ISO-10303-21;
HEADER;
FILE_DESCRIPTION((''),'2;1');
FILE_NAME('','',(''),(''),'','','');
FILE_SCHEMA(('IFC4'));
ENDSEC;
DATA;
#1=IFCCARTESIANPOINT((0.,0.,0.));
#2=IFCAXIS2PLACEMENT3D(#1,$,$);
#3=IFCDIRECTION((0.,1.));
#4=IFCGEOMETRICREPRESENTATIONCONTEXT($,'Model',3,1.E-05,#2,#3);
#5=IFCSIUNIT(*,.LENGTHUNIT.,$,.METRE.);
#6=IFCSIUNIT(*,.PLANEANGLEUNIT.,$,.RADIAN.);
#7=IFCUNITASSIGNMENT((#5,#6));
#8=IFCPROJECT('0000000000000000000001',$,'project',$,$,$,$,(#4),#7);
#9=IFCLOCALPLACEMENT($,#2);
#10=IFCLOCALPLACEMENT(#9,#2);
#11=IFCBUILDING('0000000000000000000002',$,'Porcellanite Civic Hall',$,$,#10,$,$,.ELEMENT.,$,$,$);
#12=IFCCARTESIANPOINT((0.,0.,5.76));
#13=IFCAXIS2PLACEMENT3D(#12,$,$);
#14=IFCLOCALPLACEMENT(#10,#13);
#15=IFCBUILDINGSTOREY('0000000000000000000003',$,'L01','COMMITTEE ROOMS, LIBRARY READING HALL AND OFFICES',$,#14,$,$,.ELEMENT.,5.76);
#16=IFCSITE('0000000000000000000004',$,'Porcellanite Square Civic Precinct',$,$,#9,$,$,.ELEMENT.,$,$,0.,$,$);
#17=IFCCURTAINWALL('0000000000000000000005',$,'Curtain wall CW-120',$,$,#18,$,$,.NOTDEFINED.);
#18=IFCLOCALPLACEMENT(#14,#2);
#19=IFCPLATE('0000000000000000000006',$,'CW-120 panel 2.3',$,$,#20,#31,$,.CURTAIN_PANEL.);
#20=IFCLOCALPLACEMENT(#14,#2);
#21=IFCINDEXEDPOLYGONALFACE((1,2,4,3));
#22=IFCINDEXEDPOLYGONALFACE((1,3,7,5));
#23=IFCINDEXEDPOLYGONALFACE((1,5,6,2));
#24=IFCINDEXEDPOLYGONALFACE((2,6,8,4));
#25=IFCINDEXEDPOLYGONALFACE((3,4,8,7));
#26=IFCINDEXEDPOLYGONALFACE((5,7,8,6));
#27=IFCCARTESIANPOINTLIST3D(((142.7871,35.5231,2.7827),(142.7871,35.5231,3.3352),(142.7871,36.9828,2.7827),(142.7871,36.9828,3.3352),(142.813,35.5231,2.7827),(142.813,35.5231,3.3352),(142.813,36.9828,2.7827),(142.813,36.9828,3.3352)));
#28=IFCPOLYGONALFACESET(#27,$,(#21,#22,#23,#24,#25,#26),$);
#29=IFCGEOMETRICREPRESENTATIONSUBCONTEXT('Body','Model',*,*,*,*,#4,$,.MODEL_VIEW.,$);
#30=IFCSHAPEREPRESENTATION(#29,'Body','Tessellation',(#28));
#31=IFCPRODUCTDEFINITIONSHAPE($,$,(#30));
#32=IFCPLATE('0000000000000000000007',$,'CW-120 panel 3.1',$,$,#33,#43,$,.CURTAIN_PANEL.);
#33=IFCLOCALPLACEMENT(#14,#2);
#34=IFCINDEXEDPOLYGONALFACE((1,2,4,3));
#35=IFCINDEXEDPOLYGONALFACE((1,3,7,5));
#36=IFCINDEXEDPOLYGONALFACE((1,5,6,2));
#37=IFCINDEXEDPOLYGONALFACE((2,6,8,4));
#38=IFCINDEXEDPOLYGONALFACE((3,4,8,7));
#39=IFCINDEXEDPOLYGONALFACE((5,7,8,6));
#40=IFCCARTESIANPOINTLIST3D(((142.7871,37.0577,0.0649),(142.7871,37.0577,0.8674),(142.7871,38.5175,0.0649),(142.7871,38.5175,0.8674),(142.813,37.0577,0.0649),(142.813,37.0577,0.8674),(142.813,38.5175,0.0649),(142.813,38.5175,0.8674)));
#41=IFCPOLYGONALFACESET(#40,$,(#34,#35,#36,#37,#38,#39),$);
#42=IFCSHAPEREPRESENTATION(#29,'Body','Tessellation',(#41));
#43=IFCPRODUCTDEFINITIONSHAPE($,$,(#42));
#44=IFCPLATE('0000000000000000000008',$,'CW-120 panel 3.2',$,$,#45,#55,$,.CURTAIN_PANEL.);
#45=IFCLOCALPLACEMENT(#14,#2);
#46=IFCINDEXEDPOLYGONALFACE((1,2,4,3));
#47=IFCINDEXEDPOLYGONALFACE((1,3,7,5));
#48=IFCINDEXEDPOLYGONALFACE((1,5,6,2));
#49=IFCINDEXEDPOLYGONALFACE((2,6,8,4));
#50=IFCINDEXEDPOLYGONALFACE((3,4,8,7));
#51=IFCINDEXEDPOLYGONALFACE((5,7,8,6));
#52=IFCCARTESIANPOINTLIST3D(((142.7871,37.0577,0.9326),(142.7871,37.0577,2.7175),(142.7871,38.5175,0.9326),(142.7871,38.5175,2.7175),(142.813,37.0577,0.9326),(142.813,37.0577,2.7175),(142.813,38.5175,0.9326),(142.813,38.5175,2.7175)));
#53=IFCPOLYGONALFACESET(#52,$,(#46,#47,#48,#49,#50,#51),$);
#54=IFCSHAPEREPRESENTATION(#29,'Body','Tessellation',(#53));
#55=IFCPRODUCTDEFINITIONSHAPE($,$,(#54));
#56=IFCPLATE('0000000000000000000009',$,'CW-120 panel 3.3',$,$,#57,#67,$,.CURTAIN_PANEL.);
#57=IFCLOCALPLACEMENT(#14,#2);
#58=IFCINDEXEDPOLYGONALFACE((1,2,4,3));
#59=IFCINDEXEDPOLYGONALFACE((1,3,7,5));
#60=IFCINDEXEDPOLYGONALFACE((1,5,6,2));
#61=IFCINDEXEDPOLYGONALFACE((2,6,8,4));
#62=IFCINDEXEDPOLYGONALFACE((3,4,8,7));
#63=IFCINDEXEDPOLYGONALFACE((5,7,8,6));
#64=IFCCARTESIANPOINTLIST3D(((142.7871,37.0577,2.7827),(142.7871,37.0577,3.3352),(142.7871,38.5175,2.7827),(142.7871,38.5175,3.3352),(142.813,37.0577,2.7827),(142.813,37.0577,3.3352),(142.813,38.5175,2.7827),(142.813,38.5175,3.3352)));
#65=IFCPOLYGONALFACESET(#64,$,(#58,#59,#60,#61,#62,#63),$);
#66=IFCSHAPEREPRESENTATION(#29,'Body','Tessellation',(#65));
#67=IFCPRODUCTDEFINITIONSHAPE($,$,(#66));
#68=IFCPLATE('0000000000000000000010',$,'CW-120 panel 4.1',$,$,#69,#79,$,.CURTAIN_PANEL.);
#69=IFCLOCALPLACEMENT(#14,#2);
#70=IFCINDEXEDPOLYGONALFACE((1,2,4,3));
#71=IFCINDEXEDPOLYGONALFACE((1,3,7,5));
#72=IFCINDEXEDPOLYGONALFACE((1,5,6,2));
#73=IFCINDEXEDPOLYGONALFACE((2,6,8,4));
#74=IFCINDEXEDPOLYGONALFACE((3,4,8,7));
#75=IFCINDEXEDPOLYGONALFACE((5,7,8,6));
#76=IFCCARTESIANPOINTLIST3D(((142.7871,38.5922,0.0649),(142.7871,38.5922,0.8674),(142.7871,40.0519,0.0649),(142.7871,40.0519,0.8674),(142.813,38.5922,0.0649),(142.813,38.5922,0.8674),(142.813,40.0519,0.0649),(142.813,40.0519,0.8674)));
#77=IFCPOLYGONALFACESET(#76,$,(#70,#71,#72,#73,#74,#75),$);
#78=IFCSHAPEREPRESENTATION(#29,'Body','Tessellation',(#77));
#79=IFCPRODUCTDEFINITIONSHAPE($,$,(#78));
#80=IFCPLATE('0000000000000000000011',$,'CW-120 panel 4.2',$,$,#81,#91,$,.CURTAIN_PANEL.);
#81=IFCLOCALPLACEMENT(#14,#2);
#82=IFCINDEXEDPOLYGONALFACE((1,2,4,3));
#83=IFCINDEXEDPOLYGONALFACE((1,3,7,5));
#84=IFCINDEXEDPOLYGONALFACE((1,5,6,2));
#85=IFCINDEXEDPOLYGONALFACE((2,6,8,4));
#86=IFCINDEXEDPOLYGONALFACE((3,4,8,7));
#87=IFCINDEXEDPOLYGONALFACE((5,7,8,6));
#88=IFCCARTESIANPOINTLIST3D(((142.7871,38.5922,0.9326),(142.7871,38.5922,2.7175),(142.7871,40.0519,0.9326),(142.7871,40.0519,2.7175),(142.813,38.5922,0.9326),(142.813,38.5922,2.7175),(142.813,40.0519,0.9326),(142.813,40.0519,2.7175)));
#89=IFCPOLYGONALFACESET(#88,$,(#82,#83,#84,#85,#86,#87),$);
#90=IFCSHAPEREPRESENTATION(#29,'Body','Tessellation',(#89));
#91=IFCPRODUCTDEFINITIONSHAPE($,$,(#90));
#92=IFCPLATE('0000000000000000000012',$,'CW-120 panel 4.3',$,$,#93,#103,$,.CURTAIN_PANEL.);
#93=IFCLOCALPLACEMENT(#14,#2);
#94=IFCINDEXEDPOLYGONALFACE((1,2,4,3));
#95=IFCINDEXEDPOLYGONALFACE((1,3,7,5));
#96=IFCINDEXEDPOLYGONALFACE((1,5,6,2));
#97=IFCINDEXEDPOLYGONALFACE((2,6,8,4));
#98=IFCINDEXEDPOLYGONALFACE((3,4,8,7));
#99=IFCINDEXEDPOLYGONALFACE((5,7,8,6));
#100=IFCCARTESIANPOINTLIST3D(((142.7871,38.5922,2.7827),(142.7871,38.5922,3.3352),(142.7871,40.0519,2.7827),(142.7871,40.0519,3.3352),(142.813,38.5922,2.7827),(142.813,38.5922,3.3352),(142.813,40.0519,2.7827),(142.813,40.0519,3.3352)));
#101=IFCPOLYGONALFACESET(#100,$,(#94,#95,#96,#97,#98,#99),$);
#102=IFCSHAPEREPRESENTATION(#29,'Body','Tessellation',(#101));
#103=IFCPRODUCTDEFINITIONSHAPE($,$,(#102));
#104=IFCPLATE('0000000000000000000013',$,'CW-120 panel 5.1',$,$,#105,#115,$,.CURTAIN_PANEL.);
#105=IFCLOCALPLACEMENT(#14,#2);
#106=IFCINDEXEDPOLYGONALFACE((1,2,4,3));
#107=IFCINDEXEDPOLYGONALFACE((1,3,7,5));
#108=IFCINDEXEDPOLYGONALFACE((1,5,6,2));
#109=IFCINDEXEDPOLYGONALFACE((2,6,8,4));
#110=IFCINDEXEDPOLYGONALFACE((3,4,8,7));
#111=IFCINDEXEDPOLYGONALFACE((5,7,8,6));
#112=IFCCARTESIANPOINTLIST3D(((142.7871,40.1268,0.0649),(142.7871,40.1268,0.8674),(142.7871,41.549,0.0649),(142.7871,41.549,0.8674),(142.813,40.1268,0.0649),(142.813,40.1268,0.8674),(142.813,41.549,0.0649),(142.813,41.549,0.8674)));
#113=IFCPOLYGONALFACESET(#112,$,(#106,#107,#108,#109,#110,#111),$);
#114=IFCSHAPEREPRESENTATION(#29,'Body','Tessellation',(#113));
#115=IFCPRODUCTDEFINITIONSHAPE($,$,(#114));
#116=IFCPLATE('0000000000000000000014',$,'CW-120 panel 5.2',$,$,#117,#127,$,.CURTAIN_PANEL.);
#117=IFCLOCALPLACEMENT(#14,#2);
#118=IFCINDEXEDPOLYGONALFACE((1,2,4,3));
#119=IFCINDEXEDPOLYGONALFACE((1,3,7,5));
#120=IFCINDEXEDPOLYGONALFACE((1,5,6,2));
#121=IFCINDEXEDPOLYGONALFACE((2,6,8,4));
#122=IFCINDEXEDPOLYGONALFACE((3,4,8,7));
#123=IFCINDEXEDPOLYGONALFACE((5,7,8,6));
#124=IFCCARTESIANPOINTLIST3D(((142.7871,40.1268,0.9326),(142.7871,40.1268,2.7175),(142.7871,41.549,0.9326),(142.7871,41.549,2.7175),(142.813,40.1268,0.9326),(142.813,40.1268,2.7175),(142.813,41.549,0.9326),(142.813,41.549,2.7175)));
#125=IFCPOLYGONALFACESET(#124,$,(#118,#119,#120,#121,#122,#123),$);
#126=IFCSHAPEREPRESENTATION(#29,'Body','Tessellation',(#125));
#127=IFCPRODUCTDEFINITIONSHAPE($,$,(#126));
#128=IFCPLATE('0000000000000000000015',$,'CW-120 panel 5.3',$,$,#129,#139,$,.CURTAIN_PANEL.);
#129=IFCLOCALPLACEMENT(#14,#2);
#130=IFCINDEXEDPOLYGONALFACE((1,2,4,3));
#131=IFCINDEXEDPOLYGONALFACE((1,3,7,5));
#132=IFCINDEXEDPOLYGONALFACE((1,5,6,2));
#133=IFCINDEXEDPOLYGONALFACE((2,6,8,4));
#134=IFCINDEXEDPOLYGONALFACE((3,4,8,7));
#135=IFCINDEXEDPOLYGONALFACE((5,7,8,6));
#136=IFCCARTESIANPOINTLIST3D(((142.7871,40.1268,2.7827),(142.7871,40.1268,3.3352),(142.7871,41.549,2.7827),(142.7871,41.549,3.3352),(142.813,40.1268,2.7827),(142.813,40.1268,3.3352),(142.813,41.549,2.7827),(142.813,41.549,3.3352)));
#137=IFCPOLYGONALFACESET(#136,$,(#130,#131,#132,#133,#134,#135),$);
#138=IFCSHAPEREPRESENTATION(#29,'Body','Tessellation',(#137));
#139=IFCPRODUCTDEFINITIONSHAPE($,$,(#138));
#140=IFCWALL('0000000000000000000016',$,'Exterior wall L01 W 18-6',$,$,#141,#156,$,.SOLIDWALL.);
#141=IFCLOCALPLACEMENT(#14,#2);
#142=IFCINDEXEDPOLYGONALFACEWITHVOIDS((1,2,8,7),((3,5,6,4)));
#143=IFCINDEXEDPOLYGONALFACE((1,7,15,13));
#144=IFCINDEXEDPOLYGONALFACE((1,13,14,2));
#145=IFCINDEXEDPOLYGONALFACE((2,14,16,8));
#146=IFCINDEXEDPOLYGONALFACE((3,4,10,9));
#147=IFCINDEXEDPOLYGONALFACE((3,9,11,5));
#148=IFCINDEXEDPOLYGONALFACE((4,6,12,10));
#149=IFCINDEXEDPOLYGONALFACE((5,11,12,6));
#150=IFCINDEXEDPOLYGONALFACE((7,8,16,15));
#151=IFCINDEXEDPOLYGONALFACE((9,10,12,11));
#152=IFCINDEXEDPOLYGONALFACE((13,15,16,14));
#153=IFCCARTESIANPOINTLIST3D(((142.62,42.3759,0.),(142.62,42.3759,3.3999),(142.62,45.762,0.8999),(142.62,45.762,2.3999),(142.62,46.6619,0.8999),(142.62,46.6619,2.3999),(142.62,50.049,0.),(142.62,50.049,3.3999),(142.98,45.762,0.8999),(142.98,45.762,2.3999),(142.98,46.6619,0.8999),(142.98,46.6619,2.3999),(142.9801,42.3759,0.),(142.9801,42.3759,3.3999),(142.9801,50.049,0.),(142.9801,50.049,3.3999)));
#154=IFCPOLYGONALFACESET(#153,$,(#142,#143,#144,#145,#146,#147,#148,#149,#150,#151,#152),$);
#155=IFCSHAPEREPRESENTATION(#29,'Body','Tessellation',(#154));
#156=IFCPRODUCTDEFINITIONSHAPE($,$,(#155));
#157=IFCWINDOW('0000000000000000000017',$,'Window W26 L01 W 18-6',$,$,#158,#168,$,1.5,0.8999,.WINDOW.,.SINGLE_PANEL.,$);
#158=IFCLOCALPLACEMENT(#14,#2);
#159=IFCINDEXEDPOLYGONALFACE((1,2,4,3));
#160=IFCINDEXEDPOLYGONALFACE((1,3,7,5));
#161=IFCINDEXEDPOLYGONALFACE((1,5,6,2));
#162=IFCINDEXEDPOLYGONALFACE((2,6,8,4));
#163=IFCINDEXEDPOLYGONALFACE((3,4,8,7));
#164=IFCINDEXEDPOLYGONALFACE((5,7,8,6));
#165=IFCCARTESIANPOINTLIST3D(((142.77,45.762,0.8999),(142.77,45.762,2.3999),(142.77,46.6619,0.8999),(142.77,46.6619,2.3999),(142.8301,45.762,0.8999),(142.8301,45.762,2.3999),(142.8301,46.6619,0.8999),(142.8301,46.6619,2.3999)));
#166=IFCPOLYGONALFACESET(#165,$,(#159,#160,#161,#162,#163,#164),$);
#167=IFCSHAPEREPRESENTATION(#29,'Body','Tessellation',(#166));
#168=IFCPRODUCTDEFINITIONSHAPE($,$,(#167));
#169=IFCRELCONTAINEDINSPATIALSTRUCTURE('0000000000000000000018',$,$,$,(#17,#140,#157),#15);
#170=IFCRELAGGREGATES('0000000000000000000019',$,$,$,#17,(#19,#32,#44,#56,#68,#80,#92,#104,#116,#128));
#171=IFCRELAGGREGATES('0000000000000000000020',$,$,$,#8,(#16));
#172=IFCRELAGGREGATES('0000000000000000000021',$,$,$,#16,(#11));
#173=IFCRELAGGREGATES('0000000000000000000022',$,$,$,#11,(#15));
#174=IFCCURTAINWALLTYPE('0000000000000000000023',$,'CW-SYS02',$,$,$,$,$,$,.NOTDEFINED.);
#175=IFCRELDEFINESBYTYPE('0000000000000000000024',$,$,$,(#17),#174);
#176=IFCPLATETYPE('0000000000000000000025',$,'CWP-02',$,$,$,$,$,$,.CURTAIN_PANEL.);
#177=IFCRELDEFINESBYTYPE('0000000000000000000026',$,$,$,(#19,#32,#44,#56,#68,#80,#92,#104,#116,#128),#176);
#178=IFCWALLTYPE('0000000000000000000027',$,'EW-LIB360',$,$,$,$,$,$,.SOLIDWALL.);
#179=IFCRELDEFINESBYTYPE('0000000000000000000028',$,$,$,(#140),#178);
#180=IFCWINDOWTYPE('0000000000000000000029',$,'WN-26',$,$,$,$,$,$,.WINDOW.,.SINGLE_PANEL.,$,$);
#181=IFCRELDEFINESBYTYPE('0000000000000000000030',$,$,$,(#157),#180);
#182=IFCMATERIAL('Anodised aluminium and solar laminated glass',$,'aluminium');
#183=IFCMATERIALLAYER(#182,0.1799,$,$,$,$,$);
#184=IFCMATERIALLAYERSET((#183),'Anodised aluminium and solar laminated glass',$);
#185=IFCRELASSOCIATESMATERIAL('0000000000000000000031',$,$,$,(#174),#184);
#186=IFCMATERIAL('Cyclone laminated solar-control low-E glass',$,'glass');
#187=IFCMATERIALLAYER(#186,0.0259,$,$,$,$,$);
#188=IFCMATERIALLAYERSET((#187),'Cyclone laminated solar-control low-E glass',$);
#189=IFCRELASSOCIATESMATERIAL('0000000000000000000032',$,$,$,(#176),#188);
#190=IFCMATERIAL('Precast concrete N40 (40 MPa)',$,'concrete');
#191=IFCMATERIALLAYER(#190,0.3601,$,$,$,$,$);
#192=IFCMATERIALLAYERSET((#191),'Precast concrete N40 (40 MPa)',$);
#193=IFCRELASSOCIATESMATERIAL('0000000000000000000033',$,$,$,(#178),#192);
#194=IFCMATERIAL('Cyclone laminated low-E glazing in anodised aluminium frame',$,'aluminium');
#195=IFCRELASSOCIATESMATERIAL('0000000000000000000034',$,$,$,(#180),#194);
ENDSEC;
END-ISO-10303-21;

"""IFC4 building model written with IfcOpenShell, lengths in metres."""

from ifc_helpers import new_model, si_unit, direction, frame, frame_2d, origin, origin_2d, place, context, subcontext, project, spatial, rectangle, extrude, material, layer, layer_set, type_object, element, fill, aggregate, save


model = new_model("IFC4")

# Units and contexts
model_context = context("Model", 3, precision=1e-05, world=origin(), true_north=direction((0.0, 1.0)))
body_context = subcontext(model_context, "Body", "Model", "MODEL_VIEW")
ifc_project = project(units=[si_unit("LENGTHUNIT", "METRE"), si_unit("PLANEANGLEUNIT", "RADIAN")], contexts=[model_context])

# Site, building, storey
site_placement = place(None, origin())
site = spatial("IfcSite", under=ifc_project, at=site_placement, Name="Porcellanite Square Civic Precinct", CompositionType="ELEMENT", RefElevation=0.0)
building_placement = place(site_placement, origin())
building = spatial("IfcBuilding", under=site, at=building_placement, Name="Porcellanite Civic Hall", CompositionType="ELEMENT")
storey_placement = place(building_placement, frame((0.0, 0.0, 5.76)))
storey = spatial("IfcBuildingStorey", under=building, at=storey_placement, Name="L01", Description="COMMITTEE ROOMS, LIBRARY READING HALL AND OFFICES", CompositionType="ELEMENT", Elevation=5.76)

# Curtain wall
ifc_material_1 = material(Name="Anodised aluminium and solar laminated glass", Category="aluminium")
ifc_layer_1 = layer(ifc_material_1, 0.1799)
ifc_layer_set_1 = layer_set([ifc_layer_1], Name="Anodised aluminium and solar laminated glass")
curtain_wall_type = type_object("IfcCurtainWallType", Name="CW-SYS02", PredefinedType="NOTDEFINED", material=ifc_layer_set_1)
curtain_wall_placement = place(storey_placement, origin())
curtain_wall = element("IfcCurtainWall", 1, at=curtain_wall_placement, inside=storey, type_object=curtain_wall_type, Name="Curtain wall CW-120", PredefinedType="NOTDEFINED")

# Plates
ifc_material_2 = material(Name="Cyclone laminated solar-control low-E glass", Category="glass")
ifc_layer_2 = layer(ifc_material_2, 0.0259)
ifc_layer_set_2 = layer_set([ifc_layer_2], Name="Cyclone laminated solar-control low-E glass")
plate_type = type_object("IfcPlateType", Name="CWP-02", PredefinedType="CURTAIN_PANEL", material=ifc_layer_set_2)
plate_1_placement = place(storey_placement, frame((142.8, 36.2529, 2.7827), z_axis=(0.0, 0.0, 1.0), x_axis=(0.0, 1.0, 0.0)))
plate_1 = element("IfcPlate", 2, at=plate_1_placement, type_object=plate_type, Name="CW-120 panel 2.3", PredefinedType="CURTAIN_PANEL", context=body_context, shape_type="SweptSolid", body=[
    extrude(rectangle(XDim=1.4597, YDim=0.0259, at=origin_2d()), origin(), (0.0, 0.0, 1.0), 0.5525),
])
plate_2_placement = place(storey_placement, frame((142.8, 37.7876, 0.0649), z_axis=(0.0, 0.0, 1.0), x_axis=(0.0, 1.0, 0.0)))
plate_2 = element("IfcPlate", 3, at=plate_2_placement, type_object=plate_type, Name="CW-120 panel 3.1", PredefinedType="CURTAIN_PANEL", context=body_context, shape_type="SweptSolid", body=[
    extrude(rectangle(XDim=1.4597, YDim=0.0259, at=origin_2d()), origin(), (0.0, 0.0, 1.0), 0.8025),
])
plate_3_placement = place(storey_placement, frame((142.8, 37.7876, 0.9326), z_axis=(0.0, 0.0, 1.0), x_axis=(0.0, 1.0, 0.0)))
plate_3 = element("IfcPlate", 4, at=plate_3_placement, type_object=plate_type, Name="CW-120 panel 3.2", PredefinedType="CURTAIN_PANEL", context=body_context, shape_type="SweptSolid", body=[
    extrude(rectangle(XDim=1.4597, YDim=0.0259, at=origin_2d()), origin(), (0.0, 0.0, 1.0), 1.7849),
])
plate_4_placement = place(storey_placement, frame((142.8, 37.7876, 2.7827), z_axis=(0.0, 0.0, 1.0), x_axis=(0.0, 1.0, 0.0)))
plate_4 = element("IfcPlate", 5, at=plate_4_placement, type_object=plate_type, Name="CW-120 panel 3.3", PredefinedType="CURTAIN_PANEL", context=body_context, shape_type="SweptSolid", body=[
    extrude(rectangle(XDim=1.4597, YDim=0.0259, at=origin_2d()), origin(), (0.0, 0.0, 1.0), 0.5525),
])
plate_5_placement = place(storey_placement, frame((142.8, 39.322, 0.0649), z_axis=(0.0, 0.0, 1.0), x_axis=(0.0, 1.0, 0.0)))
plate_5 = element("IfcPlate", 6, at=plate_5_placement, type_object=plate_type, Name="CW-120 panel 4.1", PredefinedType="CURTAIN_PANEL", context=body_context, shape_type="SweptSolid", body=[
    extrude(rectangle(XDim=1.4597, YDim=0.0259, at=origin_2d()), origin(), (0.0, 0.0, 1.0), 0.8025),
])
plate_6_placement = place(storey_placement, frame((142.8, 39.322, 0.9326), z_axis=(0.0, 0.0, 1.0), x_axis=(0.0, 1.0, 0.0)))
plate_6 = element("IfcPlate", 7, at=plate_6_placement, type_object=plate_type, Name="CW-120 panel 4.2", PredefinedType="CURTAIN_PANEL", context=body_context, shape_type="SweptSolid", body=[
    extrude(rectangle(XDim=1.4597, YDim=0.0259, at=origin_2d()), origin(), (0.0, 0.0, 1.0), 1.7849),
])
plate_7_placement = place(storey_placement, frame((142.8, 39.322, 2.7827), z_axis=(0.0, 0.0, 1.0), x_axis=(0.0, 1.0, 0.0)))
plate_7 = element("IfcPlate", 8, at=plate_7_placement, type_object=plate_type, Name="CW-120 panel 4.3", PredefinedType="CURTAIN_PANEL", context=body_context, shape_type="SweptSolid", body=[
    extrude(rectangle(XDim=1.4597, YDim=0.0259, at=origin_2d()), origin(), (0.0, 0.0, 1.0), 0.5525),
])
plate_8_placement = place(storey_placement, frame((142.8, 40.8379, 0.0649), z_axis=(0.0, 0.0, 1.0), x_axis=(0.0, 1.0, 0.0)))
plate_8 = element("IfcPlate", 9, at=plate_8_placement, type_object=plate_type, Name="CW-120 panel 5.1", PredefinedType="CURTAIN_PANEL", context=body_context, shape_type="SweptSolid", body=[
    extrude(rectangle(XDim=1.4221, YDim=0.0259, at=origin_2d()), origin(), (0.0, 0.0, 1.0), 0.8025),
])
plate_9_placement = place(storey_placement, frame((142.8, 40.8379, 0.9326), z_axis=(0.0, 0.0, 1.0), x_axis=(0.0, 1.0, 0.0)))
plate_9 = element("IfcPlate", 10, at=plate_9_placement, type_object=plate_type, Name="CW-120 panel 5.2", PredefinedType="CURTAIN_PANEL", context=body_context, shape_type="SweptSolid", body=[
    extrude(rectangle(XDim=1.4221, YDim=0.0259, at=origin_2d()), origin(), (0.0, 0.0, 1.0), 1.7849),
])
plate_10_placement = place(storey_placement, frame((142.8, 40.8379, 2.7827), z_axis=(0.0, 0.0, 1.0), x_axis=(0.0, 1.0, 0.0)))
plate_10 = element("IfcPlate", 11, at=plate_10_placement, type_object=plate_type, Name="CW-120 panel 5.3", PredefinedType="CURTAIN_PANEL", context=body_context, shape_type="SweptSolid", body=[
    extrude(rectangle(XDim=1.4221, YDim=0.0259, at=origin_2d()), origin(), (0.0, 0.0, 1.0), 0.5525),
])
aggregate(curtain_wall, [plate_1, plate_2, plate_3, plate_4, plate_5, plate_6, plate_7, plate_8, plate_9, plate_10])

# Wall, opening, window
ifc_material_3 = material(Name="Precast concrete N40 (40 MPa)", Category="concrete")
ifc_layer_3 = layer(ifc_material_3, 0.3601)
ifc_layer_set_3 = layer_set([ifc_layer_3], Name="Precast concrete N40 (40 MPa)")
wall_type = type_object("IfcWallType", Name="EW-LIB360", PredefinedType="SOLIDWALL", material=ifc_layer_set_3)
wall_placement = place(storey_placement, frame((142.8, 42.376, 0.0), z_axis=(0.0, 0.0, 1.0), x_axis=(0.0, 1.0, 0.0)))
wall = element("IfcWall", 12, at=wall_placement, inside=storey, type_object=wall_type, Name="Exterior wall L01 W 18-6", PredefinedType="SOLIDWALL", context=body_context, shape_type="SweptSolid", body=[
    extrude(rectangle(XDim=7.6731, YDim=0.3601, at=frame_2d((3.8364, 0.0))), origin(), (0.0, 0.0, 1.0), 3.3999),
])
opening_placement = place(wall_placement, frame((3.386, 0.0, 0.8999)))
opening = element("IfcOpeningElement", 13, at=opening_placement, cuts=wall, PredefinedType="OPENING", context=body_context, shape_type="SweptSolid", body=[
    extrude(rectangle(XDim=0.8999, YDim=1.5, at=frame_2d((0.45, 0.75))), frame((0.0, 0.1802, 0.0), z_axis=(0.0, -1.0, 0.0), x_axis=(1.0, 0.0, 0.0)), (0.0, 0.0, 1.0), 0.3601),
])
ifc_material_4 = material(Name="Cyclone laminated low-E glazing in anodised aluminium frame", Category="aluminium")
window_type = type_object("IfcWindowType", Name="WN-26", PartitioningType="SINGLE_PANEL", PredefinedType="WINDOW", material=ifc_material_4)
window_placement = place(opening_placement, origin())
window = element("IfcWindow", 14, at=window_placement, inside=storey, type_object=window_type, Name="Window W26 L01 W 18-6", OverallHeight=1.5, OverallWidth=0.8999, PartitioningType="SINGLE_PANEL", PredefinedType="WINDOW", context=body_context, shape_type="SweptSolid", body=[
    extrude(rectangle(XDim=0.8999, YDim=1.5, at=frame_2d((0.45, 0.75))), frame((0.0, 0.03, 0.0), z_axis=(0.0, -1.0, 0.0), x_axis=(1.0, 0.0, 0.0)), (0.0, 0.0, 1.0), 0.0601),
])
fill(opening, window)

save(model, "model.ifc")
